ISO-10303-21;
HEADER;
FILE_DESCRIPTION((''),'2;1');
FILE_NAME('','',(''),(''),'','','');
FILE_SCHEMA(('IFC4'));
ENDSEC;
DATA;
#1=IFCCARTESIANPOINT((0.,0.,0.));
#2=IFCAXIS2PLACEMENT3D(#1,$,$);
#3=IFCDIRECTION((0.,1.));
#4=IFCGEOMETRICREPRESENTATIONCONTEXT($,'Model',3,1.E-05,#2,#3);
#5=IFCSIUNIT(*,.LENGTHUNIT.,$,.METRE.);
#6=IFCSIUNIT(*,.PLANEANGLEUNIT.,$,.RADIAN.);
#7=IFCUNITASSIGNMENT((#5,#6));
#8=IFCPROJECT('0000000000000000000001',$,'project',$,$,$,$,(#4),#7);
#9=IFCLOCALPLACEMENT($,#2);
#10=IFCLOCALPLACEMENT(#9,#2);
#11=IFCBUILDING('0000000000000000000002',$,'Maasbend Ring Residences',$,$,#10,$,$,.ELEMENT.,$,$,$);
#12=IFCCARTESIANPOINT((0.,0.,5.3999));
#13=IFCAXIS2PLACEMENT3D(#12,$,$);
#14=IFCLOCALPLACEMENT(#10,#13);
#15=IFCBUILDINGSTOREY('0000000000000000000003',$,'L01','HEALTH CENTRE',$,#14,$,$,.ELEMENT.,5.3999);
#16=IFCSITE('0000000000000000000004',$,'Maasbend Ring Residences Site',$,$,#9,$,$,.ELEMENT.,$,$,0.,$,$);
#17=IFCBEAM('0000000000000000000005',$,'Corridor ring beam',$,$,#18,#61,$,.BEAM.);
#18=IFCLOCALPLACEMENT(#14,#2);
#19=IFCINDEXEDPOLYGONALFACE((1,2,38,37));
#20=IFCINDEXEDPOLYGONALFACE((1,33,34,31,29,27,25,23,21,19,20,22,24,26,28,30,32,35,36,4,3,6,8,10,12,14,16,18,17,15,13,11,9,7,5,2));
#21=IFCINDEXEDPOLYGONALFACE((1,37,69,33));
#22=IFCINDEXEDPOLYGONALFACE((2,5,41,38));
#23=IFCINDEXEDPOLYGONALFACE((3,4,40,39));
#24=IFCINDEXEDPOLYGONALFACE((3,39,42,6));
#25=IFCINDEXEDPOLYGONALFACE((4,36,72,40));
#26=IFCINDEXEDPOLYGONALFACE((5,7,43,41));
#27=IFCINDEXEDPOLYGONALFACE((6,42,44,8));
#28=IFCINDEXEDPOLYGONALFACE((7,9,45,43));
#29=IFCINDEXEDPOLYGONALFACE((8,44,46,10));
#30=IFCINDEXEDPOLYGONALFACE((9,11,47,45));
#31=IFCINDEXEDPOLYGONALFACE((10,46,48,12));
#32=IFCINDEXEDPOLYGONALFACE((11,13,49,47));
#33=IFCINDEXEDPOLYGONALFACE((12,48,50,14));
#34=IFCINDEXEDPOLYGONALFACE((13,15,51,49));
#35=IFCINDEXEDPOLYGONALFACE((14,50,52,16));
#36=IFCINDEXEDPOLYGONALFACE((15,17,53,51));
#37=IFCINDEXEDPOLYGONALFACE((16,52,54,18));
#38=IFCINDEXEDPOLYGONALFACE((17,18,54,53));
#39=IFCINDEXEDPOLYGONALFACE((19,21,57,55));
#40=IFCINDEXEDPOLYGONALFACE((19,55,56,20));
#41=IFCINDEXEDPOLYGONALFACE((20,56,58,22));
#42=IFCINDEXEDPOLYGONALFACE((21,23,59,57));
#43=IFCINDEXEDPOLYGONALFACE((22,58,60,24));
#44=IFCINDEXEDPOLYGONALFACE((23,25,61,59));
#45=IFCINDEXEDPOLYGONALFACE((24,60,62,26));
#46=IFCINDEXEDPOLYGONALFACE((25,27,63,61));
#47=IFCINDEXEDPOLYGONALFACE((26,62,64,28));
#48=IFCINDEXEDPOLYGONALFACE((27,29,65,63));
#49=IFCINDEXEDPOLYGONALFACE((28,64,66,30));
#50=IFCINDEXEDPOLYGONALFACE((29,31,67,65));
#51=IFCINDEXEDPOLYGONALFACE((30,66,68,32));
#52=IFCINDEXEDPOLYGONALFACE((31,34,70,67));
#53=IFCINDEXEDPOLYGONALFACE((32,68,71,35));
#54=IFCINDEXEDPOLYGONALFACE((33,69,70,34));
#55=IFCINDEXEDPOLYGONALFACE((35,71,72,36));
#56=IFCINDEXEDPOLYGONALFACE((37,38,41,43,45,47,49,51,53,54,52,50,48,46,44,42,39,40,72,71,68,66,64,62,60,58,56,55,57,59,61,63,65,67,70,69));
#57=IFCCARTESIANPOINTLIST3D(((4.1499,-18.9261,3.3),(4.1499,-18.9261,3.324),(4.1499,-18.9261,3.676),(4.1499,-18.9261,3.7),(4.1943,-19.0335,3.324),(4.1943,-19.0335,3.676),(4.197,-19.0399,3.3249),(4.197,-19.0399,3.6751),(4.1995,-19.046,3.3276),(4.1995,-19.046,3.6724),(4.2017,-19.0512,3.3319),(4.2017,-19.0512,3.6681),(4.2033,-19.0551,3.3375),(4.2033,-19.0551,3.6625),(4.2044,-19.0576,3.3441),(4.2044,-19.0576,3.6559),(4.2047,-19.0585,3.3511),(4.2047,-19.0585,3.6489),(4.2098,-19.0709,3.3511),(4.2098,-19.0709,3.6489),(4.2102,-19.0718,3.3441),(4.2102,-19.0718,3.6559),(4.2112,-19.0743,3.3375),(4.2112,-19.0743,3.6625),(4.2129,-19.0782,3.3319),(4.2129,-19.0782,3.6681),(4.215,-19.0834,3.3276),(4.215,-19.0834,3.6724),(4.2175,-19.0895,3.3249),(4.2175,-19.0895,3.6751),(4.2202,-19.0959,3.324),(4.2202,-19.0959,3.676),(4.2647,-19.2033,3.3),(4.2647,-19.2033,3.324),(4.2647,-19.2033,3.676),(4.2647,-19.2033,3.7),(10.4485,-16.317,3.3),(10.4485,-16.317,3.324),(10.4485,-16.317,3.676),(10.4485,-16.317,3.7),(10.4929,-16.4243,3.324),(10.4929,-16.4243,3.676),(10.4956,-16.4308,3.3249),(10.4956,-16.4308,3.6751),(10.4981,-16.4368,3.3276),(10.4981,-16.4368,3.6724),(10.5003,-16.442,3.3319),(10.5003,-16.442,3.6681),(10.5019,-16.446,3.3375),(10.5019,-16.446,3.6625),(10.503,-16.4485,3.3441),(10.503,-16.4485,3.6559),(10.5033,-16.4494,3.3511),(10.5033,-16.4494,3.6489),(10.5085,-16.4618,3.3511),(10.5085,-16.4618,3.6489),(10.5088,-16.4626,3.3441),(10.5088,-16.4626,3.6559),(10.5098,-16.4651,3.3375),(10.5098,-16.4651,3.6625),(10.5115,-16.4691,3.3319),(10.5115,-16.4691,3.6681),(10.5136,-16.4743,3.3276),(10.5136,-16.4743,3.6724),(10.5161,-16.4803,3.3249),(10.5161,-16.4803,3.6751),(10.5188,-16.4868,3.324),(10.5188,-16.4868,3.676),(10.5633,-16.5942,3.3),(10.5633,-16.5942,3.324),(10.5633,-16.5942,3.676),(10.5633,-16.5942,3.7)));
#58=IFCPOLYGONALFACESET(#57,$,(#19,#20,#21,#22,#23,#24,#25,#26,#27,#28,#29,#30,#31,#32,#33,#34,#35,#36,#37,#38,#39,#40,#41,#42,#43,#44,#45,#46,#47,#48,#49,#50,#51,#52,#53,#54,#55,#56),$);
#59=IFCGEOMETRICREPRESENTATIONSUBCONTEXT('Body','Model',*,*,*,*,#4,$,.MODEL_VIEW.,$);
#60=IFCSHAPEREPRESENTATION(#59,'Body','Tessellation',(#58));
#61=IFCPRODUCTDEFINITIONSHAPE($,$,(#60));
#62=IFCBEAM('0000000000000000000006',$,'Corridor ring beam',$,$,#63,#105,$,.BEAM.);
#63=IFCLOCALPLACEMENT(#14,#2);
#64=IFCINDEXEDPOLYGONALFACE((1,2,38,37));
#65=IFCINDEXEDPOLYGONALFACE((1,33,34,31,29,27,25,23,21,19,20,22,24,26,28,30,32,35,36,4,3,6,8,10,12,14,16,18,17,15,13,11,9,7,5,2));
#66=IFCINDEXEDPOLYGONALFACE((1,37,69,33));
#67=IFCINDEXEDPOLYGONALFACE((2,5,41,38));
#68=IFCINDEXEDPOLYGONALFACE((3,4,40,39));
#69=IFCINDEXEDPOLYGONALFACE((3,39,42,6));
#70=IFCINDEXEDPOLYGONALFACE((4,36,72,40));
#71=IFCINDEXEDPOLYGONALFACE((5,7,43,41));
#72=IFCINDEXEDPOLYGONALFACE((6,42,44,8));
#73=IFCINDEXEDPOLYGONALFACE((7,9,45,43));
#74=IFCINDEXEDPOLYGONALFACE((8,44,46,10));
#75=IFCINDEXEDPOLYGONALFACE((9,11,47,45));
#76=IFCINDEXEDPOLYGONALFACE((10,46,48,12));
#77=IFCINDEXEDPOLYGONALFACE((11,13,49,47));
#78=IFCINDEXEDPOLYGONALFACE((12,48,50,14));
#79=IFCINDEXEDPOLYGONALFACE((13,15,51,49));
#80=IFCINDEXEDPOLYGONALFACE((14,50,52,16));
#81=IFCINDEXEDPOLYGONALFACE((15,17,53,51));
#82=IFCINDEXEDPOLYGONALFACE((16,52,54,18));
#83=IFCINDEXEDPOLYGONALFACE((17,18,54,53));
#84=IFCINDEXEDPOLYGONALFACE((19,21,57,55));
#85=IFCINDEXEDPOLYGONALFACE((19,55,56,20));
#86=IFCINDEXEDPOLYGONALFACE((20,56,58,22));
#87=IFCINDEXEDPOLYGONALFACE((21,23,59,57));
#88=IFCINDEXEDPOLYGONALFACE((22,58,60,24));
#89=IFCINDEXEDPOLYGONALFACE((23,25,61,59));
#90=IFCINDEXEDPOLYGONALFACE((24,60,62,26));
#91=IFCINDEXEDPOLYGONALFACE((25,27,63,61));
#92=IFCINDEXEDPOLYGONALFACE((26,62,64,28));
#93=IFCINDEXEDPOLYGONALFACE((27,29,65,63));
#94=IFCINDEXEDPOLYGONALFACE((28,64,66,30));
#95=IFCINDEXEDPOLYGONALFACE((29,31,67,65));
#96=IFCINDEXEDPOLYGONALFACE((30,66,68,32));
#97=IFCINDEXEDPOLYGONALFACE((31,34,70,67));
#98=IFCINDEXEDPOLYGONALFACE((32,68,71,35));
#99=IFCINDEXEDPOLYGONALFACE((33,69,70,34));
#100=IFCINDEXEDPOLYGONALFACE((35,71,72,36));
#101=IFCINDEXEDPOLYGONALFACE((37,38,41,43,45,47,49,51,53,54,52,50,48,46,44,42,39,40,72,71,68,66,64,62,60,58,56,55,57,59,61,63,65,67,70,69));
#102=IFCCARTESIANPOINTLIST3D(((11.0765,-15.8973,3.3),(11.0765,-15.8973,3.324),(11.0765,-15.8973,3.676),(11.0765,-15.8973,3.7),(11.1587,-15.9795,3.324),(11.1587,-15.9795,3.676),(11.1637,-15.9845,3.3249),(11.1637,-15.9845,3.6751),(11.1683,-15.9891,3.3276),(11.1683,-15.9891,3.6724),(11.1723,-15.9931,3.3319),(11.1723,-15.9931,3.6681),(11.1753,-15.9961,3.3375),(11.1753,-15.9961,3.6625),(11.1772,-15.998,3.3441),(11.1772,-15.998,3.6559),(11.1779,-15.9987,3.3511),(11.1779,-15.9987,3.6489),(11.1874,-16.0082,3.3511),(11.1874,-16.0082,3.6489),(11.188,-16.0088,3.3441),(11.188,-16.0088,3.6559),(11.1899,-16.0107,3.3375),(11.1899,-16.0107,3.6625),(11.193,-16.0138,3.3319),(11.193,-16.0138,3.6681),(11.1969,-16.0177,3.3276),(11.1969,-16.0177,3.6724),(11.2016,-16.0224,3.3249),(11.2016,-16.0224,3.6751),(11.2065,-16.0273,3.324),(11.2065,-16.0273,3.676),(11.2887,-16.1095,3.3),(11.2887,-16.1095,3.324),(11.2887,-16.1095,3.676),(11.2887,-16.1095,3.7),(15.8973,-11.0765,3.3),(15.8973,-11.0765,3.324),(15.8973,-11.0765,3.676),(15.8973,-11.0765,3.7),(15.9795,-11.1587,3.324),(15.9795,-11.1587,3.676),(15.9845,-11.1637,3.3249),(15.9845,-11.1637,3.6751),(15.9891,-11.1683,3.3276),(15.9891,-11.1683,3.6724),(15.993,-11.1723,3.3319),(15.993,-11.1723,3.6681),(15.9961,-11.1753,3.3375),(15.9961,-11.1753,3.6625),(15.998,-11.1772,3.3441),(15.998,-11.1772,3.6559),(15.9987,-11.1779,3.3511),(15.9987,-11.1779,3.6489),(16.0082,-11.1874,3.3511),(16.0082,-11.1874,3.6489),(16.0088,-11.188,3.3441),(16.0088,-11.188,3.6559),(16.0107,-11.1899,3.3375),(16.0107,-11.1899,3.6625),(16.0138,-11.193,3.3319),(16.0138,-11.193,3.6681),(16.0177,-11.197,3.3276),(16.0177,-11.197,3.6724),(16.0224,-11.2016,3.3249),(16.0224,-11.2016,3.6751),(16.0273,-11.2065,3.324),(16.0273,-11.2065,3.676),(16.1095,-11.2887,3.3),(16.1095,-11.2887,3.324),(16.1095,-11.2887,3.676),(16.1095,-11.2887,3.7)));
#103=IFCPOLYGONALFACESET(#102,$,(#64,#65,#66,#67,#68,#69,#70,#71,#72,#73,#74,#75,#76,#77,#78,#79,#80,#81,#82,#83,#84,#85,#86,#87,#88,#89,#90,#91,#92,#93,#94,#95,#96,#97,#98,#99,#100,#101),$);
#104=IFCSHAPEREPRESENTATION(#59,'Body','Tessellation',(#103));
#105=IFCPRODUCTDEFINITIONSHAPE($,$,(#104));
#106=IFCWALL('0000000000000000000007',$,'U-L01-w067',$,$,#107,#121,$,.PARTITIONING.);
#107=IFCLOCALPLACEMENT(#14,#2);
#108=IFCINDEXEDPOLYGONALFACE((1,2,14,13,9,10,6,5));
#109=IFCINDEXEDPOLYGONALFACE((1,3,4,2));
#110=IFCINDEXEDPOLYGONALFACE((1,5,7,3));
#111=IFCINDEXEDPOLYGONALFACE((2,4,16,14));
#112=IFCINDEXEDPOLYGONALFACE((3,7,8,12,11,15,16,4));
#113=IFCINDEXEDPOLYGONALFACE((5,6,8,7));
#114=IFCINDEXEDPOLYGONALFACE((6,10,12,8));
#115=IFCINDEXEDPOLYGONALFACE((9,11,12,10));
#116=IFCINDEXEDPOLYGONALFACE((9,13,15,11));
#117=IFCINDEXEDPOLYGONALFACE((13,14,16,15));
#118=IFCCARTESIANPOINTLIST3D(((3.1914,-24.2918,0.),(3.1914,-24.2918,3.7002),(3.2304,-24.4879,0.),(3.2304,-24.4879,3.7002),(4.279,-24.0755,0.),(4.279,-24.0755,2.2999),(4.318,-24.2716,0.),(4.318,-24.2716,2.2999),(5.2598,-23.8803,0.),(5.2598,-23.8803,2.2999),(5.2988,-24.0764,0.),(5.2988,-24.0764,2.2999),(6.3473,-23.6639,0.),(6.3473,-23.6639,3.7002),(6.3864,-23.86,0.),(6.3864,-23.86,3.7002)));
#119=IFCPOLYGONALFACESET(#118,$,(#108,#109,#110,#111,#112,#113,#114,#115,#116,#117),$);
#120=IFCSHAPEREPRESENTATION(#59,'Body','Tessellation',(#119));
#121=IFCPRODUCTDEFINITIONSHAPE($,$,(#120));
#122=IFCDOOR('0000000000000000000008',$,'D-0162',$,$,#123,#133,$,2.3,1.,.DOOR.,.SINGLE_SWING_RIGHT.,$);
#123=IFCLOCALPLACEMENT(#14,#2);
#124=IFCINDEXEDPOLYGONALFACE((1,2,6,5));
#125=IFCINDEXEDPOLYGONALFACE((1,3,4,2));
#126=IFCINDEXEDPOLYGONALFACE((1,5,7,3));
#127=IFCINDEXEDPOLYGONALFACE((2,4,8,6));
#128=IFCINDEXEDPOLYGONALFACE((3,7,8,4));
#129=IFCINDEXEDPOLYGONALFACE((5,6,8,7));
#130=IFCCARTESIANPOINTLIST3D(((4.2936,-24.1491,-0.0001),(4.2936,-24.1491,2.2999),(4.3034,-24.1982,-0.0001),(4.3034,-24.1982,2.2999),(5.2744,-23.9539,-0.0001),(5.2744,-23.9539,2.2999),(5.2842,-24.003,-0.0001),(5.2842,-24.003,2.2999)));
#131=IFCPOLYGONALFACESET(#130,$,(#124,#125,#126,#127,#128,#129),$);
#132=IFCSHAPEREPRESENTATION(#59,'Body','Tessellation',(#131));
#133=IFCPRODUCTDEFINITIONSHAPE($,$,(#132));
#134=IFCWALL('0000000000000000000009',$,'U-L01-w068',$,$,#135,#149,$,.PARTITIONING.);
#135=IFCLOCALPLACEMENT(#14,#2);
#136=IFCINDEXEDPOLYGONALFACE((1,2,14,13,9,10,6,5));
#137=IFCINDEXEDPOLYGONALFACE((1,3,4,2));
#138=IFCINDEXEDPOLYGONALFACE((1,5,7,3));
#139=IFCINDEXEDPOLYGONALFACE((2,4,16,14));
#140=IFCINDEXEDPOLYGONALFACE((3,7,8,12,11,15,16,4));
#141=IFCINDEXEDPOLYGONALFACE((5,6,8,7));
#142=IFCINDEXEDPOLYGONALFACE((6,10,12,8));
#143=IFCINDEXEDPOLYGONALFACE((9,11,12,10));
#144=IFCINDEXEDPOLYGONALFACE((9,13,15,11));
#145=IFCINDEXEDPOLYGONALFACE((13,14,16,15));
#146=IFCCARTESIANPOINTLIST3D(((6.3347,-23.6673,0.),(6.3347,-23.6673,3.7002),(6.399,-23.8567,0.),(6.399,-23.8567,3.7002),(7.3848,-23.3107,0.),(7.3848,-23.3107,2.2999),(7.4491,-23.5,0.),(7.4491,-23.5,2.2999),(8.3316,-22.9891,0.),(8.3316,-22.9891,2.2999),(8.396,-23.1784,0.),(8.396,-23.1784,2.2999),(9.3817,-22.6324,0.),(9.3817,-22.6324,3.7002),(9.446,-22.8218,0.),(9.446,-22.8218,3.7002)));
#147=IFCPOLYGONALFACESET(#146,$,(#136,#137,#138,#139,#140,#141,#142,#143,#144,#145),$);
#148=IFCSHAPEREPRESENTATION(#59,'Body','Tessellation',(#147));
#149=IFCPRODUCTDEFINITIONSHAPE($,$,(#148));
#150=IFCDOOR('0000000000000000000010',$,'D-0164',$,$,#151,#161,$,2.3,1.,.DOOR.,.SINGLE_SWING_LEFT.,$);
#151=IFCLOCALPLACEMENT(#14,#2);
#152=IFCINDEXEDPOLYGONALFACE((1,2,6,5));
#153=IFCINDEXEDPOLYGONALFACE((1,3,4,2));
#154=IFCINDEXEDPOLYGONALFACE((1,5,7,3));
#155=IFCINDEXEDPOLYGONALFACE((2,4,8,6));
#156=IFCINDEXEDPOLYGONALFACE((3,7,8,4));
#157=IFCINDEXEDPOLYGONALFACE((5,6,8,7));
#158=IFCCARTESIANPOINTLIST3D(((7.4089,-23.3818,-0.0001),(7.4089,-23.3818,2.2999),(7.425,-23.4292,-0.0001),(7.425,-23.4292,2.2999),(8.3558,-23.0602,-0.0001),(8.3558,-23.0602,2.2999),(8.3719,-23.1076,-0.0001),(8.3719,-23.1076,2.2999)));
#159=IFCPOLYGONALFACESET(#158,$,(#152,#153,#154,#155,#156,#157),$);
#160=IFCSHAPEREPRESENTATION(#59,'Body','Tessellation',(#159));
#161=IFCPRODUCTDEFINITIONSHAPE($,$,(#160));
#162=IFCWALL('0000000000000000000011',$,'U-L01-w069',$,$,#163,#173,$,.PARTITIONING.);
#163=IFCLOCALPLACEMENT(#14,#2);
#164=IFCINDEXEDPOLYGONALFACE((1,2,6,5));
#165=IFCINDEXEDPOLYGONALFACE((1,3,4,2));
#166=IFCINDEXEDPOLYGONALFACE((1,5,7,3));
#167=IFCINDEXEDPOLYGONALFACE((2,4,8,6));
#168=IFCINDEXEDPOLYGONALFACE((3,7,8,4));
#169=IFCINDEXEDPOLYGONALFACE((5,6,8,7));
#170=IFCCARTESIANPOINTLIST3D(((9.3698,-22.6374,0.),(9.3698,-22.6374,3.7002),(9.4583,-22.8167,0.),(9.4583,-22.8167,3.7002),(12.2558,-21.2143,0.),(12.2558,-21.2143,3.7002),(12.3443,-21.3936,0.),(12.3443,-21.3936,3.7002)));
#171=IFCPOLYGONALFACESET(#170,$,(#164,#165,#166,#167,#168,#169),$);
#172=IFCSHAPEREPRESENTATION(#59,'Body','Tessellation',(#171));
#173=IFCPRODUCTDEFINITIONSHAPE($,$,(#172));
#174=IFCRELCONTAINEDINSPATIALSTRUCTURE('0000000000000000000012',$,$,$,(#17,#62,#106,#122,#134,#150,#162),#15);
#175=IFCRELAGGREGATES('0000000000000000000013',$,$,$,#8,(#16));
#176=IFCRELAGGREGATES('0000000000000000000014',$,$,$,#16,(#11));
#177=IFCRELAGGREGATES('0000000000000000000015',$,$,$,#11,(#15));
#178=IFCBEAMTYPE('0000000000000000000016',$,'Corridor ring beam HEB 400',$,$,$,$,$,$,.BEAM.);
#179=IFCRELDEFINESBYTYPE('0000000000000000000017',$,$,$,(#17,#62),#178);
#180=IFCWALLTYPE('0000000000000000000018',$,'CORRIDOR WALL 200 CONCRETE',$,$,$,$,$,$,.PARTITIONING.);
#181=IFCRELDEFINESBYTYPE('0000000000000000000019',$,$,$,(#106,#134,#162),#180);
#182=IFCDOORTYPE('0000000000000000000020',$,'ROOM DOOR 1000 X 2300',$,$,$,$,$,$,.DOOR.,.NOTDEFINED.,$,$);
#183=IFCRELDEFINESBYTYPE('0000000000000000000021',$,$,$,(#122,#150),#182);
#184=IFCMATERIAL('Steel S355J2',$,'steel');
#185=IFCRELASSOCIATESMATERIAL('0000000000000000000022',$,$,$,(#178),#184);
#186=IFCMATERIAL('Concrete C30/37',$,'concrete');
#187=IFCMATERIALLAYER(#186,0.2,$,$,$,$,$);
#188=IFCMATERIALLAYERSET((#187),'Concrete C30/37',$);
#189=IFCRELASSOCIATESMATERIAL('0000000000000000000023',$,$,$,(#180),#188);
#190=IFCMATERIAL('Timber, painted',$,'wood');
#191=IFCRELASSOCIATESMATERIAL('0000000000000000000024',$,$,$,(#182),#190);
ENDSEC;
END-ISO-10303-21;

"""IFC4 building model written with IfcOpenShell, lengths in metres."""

from ifc_helpers import new_model, si_unit, direction, frame, frame_2d, origin, origin_2d, place, context, subcontext, project, spatial, rectangle, i_section, extrude, material, layer, layer_set, material_profile, profile_set, type_object, element, fill, save


model = new_model("IFC4")

# Units and contexts
model_context = context("Model", 3, precision=1e-05, world=origin(), true_north=direction((0.0, 1.0)))
body_context = subcontext(model_context, "Body", "Model", "MODEL_VIEW")
ifc_project = project(units=[si_unit("LENGTHUNIT", "METRE"), si_unit("PLANEANGLEUNIT", "RADIAN")], contexts=[model_context])

# Site, building, storey
site_placement = place(None, origin())
site = spatial("IfcSite", under=ifc_project, at=site_placement, Name="Maasbend Ring Residences Site", CompositionType="ELEMENT", RefElevation=0.0)
building_placement = place(site_placement, origin())
building = spatial("IfcBuilding", under=site, at=building_placement, Name="Maasbend Ring Residences", CompositionType="ELEMENT")
storey_placement = place(building_placement, frame((0.0, 0.0, 5.3999)))
storey = spatial("IfcBuildingStorey", under=building, at=storey_placement, Name="L01", Description="HEALTH CENTRE", CompositionType="ELEMENT", Elevation=5.3999)

# Beams
ifc_material_1 = material(Name="Steel S355J2", Category="steel")
ifc_material_profile_1 = material_profile(ifc_material_1, i_section(OverallWidth=0.3, OverallDepth=0.3999, WebThickness=0.0134, FlangeThickness=0.0239, FilletRadius=0.0271, at=origin_2d()), Name="HEB 400")
ifc_profile_set_1 = profile_set([ifc_material_profile_1], Name="Steel S355J2")
beam_type = type_object("IfcBeamType", Name="Corridor ring beam HEB 400", PredefinedType="BEAM", material=ifc_profile_set_1)
for number, where, z_axis, x_axis, name in (
    (1, (4.2073, -19.0647, 3.5), (0.923871, 0.382705, 0.0), (-0.382705, 0.923871, 0.0), "Corridor ring beam"),
    (2, (11.1826, -16.0034, 3.5), (0.707107, 0.707107, 0.0), (-0.707107, 0.707107, 0.0), "Corridor ring beam"),
):
    element("IfcBeam", number, at=place(storey_placement, frame(where, z_axis=z_axis, x_axis=x_axis)), inside=storey, type_object=beam_type, Name=name, PredefinedType="BEAM", context=body_context, shape_type="SweptSolid", body=[
        extrude(i_section(OverallWidth=0.3, OverallDepth=0.3999, WebThickness=0.0134, FlangeThickness=0.0239, FilletRadius=0.0271, at=origin_2d()), origin(), (0.0, 0.0, 1.0), 6.8176),
    ])

# Walls, openings, doors
ifc_material_2 = material(Name="Concrete C30/37", Category="concrete")
ifc_layer_1 = layer(ifc_material_2, 0.2)
ifc_layer_set_1 = layer_set([ifc_layer_1], Name="Concrete C30/37")
wall_type_1 = type_object("IfcWallType", Name="CORRIDOR WALL 200 CONCRETE", PredefinedType="PARTITIONING", material=ifc_layer_set_1)
wall_1_placement = place(storey_placement, frame((3.2109, -24.3899, 0.0), z_axis=(0.0, 0.0, 1.0), x_axis=(0.980776, 0.195138, 0.0)))
wall_1 = element("IfcWall", 3, at=wall_1_placement, inside=storey, type_object=wall_type_1, Name="U-L01-w067", PredefinedType="PARTITIONING", context=body_context, shape_type="SweptSolid", body=[
    extrude(rectangle(XDim=3.2178, YDim=0.2, at=frame_2d((1.6089, 0.0))), origin(), (0.0, 0.0, 1.0), 3.7002),
])
opening_1_placement = place(wall_1_placement, frame((1.1089, 0.0, 0.0)))
opening_1 = element("IfcOpeningElement", 4, at=opening_1_placement, cuts=wall_1, PredefinedType="OPENING", context=body_context, shape_type="SweptSolid", body=[
    extrude(rectangle(XDim=1.0, YDim=2.3, at=frame_2d((0.5, 1.1499))), frame((0.0, 0.1099, 0.0), z_axis=(0.0, -1.0, 0.0), x_axis=(1.0, 0.0, 0.0)), (0.0, 0.0, 1.0), 0.22),
])
ifc_material_3 = material(Name="Timber, painted", Category="wood")
door_type = type_object("IfcDoorType", Name="ROOM DOOR 1000 X 2300", OperationType="NOTDEFINED", PredefinedType="DOOR", material=ifc_material_3)
door_1_placement = place(opening_1_placement, origin())
door_1 = element("IfcDoor", 5, at=door_1_placement, inside=storey, type_object=door_type, Name="D-0162", OperationType="SINGLE_SWING_RIGHT", OverallHeight=2.3, OverallWidth=1.0, PredefinedType="DOOR", context=body_context, shape_type="SweptSolid", body=[
    extrude(rectangle(XDim=1.0, YDim=2.3, at=frame_2d((0.5, 1.1499))), frame((0.0, 0.0249, 0.0), z_axis=(0.0, -1.0, 0.0), x_axis=(1.0, 0.0, 0.0)), (0.0, 0.0, 1.0), 0.05),
])
fill(opening_1, door_1)
wall_2_placement = place(storey_placement, frame((6.3669, -23.762, 0.0), z_axis=(0.0, 0.0, 1.0), x_axis=(0.946878, 0.321594, 0.0)))
wall_2 = element("IfcWall", 6, at=wall_2_placement, inside=storey, type_object=wall_type_1, Name="U-L01-w068", PredefinedType="PARTITIONING", context=body_context, shape_type="SweptSolid", body=[
    extrude(rectangle(XDim=3.218, YDim=0.2, at=frame_2d((1.6089, 0.0))), origin(), (0.0, 0.0, 1.0), 3.7002),
])
opening_2_placement = place(wall_2_placement, frame((1.1089, 0.0, 0.0)))
opening_2 = element("IfcOpeningElement", 7, at=opening_2_placement, cuts=wall_2, PredefinedType="OPENING", context=body_context, shape_type="SweptSolid", body=[
    extrude(rectangle(XDim=1.0, YDim=2.3, at=frame_2d((0.5, 1.1499))), frame((0.0, 0.1099, 0.0), z_axis=(0.0, -1.0, 0.0), x_axis=(1.0, 0.0, 0.0)), (0.0, 0.0, 1.0), 0.22),
])
door_2_placement = place(opening_2_placement, origin())
door_2 = element("IfcDoor", 8, at=door_2_placement, inside=storey, type_object=door_type, Name="D-0164", OperationType="SINGLE_SWING_LEFT", OverallHeight=2.3, OverallWidth=1.0, PredefinedType="DOOR", context=body_context, shape_type="SweptSolid", body=[
    extrude(rectangle(XDim=1.0, YDim=2.3, at=frame_2d((0.5, 1.1499))), frame((0.0, 0.0249, 0.0), z_axis=(0.0, -1.0, 0.0), x_axis=(1.0, 0.0, 0.0)), (0.0, 0.0, 1.0), 0.05),
])
fill(opening_2, door_2)

# Wall
wall_3_placement = place(storey_placement, frame((9.4141, -22.7271, 0.0), z_axis=(0.0, 0.0, 1.0), x_axis=(0.896887, 0.44226, 0.0)))
element("IfcWall", 9, at=wall_3_placement, inside=storey, type_object=wall_type_1, Name="U-L01-w069", PredefinedType="PARTITIONING", context=body_context, shape_type="SweptSolid", body=[
    extrude(rectangle(XDim=3.2178, YDim=0.2, at=frame_2d((1.6089, 0.0))), origin(), (0.0, 0.0, 1.0), 3.7002),
])

save(model, "model.ifc")
